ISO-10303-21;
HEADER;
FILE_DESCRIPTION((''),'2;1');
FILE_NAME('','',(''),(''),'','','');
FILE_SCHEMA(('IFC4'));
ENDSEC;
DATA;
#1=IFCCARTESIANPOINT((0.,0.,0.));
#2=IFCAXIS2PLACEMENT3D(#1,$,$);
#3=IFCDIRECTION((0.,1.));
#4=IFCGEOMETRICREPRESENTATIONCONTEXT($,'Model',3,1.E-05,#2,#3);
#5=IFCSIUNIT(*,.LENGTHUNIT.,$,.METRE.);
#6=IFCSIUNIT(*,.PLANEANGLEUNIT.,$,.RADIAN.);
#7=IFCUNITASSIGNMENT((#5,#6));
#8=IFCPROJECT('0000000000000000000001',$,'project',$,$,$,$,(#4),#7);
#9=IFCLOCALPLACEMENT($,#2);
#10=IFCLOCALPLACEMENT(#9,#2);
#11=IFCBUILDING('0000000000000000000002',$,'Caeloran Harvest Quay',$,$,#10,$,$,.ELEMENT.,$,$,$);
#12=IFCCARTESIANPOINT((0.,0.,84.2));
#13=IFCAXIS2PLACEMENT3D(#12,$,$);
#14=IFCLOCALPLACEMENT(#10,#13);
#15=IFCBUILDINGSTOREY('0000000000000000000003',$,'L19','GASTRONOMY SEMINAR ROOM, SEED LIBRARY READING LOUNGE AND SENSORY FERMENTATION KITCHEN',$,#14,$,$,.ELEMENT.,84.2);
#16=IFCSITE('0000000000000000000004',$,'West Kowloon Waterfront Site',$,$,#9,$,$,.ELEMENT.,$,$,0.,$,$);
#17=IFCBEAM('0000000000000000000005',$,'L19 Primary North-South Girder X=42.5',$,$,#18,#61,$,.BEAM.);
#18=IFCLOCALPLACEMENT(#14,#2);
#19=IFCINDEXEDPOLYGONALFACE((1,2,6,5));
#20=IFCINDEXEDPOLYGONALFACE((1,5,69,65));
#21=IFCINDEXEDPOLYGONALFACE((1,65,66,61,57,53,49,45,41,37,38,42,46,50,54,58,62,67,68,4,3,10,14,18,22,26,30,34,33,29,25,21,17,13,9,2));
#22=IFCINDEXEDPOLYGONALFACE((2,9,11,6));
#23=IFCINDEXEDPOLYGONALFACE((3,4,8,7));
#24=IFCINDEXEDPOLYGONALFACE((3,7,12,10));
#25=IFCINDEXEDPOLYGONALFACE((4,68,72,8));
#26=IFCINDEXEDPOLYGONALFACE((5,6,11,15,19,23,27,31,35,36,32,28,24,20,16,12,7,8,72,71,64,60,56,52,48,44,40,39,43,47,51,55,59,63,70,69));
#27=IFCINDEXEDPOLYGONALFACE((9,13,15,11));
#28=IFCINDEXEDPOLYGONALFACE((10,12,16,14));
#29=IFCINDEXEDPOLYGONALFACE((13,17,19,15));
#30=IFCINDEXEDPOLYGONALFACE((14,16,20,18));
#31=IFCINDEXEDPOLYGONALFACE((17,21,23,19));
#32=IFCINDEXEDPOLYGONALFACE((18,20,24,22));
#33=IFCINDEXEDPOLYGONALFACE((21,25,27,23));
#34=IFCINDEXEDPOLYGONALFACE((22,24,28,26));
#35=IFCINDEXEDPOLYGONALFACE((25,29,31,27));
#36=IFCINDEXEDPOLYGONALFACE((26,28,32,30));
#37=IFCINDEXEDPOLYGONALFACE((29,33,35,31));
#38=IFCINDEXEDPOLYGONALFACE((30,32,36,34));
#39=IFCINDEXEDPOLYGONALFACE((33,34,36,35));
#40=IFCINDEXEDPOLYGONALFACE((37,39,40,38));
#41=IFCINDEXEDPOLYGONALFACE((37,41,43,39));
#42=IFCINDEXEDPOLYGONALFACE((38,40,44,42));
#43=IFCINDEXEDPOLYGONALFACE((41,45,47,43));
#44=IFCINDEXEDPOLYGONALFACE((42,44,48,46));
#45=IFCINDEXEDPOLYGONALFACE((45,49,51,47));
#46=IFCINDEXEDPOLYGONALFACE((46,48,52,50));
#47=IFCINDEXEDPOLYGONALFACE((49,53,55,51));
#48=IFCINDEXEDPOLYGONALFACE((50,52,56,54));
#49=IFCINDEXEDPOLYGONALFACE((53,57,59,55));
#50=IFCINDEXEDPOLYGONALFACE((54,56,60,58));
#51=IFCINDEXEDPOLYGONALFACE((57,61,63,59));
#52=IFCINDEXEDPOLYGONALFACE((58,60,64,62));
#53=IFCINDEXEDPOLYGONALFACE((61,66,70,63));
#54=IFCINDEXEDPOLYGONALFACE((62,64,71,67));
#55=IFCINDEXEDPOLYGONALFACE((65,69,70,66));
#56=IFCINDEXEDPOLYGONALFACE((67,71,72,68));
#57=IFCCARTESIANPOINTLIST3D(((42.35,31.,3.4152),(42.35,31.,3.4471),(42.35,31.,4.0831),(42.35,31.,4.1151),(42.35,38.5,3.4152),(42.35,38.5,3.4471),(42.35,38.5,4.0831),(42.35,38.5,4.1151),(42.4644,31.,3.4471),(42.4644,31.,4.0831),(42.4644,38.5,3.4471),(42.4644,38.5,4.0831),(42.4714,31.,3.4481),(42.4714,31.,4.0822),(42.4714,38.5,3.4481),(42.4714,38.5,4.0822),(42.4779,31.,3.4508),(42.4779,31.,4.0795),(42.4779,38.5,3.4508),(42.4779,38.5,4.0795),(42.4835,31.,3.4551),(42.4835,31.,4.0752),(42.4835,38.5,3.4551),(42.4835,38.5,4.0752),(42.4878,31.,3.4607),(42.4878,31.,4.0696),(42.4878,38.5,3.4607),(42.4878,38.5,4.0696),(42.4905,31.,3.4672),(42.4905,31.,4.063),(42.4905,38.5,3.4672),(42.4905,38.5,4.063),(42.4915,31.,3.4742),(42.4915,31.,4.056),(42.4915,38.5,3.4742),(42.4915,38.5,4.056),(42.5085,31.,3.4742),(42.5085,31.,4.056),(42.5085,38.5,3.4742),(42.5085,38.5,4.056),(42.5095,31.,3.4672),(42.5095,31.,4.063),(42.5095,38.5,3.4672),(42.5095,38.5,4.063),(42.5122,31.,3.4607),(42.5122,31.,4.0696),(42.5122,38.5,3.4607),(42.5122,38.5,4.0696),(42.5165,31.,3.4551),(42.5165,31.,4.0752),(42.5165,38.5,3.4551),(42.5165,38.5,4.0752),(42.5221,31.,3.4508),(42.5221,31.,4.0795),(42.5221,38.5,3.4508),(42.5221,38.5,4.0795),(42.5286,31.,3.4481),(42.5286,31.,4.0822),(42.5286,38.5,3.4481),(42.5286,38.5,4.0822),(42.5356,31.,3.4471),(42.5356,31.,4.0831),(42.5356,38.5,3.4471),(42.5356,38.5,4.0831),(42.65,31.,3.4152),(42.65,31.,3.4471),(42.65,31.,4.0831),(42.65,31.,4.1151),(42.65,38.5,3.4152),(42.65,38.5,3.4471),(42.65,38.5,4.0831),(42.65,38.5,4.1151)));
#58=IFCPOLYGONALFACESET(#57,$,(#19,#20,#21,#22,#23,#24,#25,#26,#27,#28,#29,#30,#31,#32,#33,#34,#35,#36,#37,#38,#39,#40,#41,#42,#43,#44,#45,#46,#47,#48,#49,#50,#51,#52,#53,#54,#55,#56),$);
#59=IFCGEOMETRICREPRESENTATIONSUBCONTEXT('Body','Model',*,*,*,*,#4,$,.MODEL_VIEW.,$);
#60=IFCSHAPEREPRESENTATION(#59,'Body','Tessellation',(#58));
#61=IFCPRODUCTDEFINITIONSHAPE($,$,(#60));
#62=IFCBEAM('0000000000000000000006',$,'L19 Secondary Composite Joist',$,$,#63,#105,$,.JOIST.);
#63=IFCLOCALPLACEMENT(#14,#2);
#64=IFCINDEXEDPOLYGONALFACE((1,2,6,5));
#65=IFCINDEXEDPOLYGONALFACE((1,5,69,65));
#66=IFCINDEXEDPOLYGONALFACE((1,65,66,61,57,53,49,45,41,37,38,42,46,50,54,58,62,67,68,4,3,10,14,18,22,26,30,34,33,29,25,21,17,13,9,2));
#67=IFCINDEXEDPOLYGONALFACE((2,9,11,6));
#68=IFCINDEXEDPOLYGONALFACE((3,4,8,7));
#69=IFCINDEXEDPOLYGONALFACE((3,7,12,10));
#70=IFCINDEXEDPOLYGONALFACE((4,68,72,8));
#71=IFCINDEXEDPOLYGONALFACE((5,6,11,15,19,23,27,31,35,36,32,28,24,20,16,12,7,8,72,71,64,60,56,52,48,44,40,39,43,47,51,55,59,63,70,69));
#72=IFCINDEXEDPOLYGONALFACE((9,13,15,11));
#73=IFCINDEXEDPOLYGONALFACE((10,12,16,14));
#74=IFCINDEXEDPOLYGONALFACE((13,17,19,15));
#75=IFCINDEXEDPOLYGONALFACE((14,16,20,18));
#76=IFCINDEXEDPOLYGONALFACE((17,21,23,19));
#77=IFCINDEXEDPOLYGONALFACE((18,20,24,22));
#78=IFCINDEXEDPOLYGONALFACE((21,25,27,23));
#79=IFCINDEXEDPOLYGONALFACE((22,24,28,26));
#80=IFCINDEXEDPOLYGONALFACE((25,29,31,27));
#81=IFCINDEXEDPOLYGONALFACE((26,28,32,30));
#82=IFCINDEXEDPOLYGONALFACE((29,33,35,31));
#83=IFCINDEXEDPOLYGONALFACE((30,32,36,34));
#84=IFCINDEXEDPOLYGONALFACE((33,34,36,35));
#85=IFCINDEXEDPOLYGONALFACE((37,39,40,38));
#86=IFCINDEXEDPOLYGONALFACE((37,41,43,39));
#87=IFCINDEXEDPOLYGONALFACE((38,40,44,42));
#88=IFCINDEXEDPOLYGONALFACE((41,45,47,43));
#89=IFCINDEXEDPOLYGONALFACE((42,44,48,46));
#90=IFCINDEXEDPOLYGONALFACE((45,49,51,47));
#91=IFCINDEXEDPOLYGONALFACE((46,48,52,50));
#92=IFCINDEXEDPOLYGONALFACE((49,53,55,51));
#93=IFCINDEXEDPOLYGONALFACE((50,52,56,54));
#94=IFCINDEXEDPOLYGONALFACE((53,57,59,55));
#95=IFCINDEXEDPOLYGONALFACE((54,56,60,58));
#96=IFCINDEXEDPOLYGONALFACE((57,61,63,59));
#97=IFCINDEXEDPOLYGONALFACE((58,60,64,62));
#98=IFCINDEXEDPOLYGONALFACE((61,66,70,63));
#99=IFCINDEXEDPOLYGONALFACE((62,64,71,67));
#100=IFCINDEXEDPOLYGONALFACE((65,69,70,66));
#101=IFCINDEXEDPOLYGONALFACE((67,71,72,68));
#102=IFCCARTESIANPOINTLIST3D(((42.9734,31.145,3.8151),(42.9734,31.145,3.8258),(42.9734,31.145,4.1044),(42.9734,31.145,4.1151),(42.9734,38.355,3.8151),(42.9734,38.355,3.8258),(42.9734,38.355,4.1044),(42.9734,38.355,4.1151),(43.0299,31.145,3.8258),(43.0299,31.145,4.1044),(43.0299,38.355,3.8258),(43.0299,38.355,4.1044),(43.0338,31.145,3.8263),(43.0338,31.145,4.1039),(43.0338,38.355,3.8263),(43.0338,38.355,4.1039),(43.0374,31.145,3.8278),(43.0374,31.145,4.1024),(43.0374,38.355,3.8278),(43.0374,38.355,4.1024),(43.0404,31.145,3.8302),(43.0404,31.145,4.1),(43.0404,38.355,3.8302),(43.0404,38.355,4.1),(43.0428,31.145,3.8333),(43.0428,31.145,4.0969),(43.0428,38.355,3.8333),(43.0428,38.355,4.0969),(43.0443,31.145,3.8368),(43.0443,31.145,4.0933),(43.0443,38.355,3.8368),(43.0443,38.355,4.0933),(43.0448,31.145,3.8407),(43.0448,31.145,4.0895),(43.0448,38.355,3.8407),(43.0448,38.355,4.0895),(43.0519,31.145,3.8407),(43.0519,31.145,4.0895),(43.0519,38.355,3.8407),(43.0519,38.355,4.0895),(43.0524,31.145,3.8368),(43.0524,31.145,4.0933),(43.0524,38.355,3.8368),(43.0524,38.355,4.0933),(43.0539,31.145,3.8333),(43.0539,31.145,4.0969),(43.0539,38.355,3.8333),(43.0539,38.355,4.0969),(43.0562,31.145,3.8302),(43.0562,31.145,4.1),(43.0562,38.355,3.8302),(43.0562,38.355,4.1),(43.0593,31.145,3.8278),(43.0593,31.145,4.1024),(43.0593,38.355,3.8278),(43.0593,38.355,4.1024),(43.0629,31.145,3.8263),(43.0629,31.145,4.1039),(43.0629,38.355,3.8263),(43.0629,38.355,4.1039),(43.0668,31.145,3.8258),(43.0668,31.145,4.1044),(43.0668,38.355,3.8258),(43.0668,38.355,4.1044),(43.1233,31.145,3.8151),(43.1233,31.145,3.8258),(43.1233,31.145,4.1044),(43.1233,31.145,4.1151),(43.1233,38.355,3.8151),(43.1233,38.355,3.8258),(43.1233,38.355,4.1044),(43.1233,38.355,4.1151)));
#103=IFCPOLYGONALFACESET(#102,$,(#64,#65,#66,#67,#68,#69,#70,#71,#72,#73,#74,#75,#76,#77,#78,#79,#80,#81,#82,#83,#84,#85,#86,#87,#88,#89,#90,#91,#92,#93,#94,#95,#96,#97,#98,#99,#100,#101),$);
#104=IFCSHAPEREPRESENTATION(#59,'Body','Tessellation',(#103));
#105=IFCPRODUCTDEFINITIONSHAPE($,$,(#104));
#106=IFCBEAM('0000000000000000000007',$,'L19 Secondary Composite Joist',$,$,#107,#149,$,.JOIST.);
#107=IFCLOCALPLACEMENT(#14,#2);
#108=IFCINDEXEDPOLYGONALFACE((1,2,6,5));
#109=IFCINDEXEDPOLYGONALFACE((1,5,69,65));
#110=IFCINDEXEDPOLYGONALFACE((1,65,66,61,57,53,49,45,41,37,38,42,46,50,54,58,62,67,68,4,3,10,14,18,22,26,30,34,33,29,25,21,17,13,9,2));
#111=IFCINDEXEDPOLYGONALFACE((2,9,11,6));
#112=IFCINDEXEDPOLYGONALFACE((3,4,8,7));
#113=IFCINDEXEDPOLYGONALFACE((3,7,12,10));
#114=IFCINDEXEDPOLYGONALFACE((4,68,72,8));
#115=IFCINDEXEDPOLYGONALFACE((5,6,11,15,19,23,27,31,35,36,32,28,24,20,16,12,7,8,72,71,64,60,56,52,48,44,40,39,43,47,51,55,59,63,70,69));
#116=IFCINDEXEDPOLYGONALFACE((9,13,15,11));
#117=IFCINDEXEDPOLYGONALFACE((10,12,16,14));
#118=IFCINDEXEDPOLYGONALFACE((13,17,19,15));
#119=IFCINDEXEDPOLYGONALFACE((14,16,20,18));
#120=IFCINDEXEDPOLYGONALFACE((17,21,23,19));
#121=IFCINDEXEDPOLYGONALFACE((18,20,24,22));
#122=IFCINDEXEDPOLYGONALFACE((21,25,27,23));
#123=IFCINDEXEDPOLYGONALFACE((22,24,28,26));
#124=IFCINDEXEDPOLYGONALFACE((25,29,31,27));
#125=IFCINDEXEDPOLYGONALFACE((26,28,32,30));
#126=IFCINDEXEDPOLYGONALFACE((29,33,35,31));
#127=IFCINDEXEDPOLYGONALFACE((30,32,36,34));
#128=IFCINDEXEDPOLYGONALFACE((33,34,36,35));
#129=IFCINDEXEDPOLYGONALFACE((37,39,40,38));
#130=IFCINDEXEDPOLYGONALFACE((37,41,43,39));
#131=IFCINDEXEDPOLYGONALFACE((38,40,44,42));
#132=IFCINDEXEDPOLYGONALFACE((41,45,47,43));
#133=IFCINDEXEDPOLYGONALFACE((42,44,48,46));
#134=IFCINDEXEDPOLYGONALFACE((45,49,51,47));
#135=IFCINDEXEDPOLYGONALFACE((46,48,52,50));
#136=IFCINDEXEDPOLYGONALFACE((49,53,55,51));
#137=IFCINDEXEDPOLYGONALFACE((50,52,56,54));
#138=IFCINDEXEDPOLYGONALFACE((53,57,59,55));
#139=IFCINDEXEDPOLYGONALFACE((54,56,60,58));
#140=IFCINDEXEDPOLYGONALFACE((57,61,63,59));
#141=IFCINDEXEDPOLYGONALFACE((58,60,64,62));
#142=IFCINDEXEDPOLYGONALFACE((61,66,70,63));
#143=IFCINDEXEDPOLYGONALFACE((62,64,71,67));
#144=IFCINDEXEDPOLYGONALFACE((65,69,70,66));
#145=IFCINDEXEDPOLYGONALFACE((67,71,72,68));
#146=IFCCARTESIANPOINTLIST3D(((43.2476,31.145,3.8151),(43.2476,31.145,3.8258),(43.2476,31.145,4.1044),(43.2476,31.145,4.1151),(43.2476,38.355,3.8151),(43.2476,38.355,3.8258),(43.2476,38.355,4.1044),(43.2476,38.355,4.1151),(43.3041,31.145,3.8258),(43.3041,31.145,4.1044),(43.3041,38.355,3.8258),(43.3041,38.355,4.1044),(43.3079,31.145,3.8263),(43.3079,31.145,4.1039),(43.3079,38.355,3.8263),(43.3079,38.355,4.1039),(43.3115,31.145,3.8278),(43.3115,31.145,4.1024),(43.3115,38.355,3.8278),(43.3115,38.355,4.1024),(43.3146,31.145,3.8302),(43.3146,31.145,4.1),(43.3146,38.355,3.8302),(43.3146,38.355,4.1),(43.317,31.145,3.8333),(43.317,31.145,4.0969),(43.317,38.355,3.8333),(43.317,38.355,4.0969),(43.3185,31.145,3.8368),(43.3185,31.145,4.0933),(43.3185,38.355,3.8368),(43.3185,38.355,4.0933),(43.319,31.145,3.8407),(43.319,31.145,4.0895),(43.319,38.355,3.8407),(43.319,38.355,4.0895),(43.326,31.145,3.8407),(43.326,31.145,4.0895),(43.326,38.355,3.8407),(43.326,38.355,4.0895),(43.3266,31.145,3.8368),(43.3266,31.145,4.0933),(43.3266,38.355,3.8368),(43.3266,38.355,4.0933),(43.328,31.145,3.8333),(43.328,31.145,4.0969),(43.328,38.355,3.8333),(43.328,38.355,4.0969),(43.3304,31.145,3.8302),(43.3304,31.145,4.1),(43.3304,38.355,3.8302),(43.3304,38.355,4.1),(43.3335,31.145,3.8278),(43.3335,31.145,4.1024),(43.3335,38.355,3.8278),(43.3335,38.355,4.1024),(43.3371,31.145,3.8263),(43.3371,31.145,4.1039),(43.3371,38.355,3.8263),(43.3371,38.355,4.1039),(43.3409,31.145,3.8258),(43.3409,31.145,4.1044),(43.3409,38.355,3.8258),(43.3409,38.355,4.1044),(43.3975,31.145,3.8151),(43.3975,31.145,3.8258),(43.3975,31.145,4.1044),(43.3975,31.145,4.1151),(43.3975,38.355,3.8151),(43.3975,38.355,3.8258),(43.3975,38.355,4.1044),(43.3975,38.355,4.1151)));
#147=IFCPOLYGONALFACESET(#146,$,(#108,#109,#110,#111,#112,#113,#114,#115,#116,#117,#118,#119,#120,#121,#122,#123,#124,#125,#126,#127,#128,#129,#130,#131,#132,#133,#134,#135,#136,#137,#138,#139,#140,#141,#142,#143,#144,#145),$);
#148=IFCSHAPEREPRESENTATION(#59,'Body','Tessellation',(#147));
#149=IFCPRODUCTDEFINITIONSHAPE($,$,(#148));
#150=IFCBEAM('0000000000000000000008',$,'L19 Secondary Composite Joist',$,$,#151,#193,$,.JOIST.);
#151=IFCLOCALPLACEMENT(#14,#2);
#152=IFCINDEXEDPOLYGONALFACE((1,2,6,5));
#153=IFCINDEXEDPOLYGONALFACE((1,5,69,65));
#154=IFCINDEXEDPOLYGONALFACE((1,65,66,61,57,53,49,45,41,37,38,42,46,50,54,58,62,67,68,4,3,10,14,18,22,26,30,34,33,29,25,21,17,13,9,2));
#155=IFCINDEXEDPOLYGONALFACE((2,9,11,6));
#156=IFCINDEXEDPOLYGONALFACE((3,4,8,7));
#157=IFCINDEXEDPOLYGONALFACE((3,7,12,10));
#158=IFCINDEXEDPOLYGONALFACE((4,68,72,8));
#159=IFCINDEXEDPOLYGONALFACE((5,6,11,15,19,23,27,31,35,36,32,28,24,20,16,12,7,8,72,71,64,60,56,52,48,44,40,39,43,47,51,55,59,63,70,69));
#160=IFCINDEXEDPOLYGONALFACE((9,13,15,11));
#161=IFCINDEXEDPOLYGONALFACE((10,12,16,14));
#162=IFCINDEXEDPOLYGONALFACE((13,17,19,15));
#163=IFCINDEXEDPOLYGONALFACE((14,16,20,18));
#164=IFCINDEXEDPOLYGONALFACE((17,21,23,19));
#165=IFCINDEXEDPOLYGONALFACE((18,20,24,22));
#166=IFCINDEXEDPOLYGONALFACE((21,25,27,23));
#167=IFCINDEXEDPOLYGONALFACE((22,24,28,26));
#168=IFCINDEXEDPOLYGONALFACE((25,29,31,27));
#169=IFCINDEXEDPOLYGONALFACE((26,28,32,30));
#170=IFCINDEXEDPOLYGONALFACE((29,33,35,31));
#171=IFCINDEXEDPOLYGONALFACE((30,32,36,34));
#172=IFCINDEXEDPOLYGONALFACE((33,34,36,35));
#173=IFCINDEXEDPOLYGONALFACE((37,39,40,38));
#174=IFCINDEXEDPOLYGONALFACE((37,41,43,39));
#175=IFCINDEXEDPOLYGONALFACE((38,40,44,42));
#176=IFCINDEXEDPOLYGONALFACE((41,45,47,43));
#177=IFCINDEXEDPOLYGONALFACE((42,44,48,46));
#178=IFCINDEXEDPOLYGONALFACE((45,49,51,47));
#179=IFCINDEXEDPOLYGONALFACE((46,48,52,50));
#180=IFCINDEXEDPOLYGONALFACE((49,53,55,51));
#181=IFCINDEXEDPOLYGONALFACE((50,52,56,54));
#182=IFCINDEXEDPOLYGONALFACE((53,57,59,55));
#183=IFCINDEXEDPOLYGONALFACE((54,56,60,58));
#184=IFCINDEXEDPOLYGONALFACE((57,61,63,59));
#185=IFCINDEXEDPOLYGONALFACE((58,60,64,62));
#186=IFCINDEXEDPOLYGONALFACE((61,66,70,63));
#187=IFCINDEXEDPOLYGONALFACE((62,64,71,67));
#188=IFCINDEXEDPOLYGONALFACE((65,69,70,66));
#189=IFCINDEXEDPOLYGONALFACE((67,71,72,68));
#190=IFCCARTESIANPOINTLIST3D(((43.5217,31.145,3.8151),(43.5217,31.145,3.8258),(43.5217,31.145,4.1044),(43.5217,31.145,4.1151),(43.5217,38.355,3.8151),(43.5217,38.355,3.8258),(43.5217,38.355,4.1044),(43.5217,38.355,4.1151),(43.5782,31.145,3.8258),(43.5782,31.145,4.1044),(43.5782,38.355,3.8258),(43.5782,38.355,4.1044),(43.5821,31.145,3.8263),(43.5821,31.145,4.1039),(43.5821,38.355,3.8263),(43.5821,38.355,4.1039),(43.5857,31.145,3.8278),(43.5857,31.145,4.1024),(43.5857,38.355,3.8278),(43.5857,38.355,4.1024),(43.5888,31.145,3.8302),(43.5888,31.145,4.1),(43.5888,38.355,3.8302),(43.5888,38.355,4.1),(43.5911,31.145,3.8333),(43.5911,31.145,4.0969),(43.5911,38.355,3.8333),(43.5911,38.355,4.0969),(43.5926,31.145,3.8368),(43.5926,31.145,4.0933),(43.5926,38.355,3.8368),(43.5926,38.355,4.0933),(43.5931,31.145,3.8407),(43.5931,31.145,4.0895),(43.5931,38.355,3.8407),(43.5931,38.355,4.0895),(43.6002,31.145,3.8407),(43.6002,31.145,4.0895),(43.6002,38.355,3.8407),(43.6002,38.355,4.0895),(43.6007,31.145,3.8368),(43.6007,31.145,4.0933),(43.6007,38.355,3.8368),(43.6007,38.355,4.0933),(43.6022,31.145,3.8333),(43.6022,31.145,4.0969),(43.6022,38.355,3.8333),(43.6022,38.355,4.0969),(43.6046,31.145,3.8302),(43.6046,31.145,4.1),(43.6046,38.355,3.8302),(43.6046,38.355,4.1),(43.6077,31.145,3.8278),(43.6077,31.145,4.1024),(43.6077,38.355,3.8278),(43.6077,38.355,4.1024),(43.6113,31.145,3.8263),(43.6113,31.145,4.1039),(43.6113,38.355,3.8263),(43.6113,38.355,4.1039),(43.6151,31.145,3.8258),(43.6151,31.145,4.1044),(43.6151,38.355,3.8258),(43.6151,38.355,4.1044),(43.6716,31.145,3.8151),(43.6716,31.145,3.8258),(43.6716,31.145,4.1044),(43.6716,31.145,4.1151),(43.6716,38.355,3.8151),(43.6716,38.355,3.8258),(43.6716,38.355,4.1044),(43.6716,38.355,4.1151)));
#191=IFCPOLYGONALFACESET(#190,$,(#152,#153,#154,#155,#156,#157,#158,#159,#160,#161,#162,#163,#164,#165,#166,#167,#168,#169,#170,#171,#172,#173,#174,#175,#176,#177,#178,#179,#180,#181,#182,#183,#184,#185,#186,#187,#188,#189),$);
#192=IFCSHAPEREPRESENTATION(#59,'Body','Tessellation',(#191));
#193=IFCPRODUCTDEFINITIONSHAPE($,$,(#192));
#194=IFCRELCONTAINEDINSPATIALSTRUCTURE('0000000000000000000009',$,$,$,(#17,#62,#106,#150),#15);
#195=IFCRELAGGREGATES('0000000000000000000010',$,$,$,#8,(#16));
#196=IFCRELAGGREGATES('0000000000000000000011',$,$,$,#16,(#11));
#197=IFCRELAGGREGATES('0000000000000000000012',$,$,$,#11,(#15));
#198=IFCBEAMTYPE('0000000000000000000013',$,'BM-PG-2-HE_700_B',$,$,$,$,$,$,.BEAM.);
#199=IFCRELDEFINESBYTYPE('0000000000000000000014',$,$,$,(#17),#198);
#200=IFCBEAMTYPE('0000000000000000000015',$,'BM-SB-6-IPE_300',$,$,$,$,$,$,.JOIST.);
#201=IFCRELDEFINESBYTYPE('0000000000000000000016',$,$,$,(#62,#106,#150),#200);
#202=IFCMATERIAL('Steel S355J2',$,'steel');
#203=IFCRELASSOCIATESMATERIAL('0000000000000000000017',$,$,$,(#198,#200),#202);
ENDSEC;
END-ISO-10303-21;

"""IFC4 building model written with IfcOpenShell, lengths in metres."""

from ifc_helpers import new_model, si_unit, direction, frame, origin, origin_2d, place, context, subcontext, project, spatial, i_section, extrude, material, material_profile, profile_set, type_object, element, save


model = new_model("IFC4")

# Units and contexts
model_context = context("Model", 3, precision=1e-05, world=origin(), true_north=direction((0.0, 1.0)))
body_context = subcontext(model_context, "Body", "Model", "MODEL_VIEW")
ifc_project = project(units=[si_unit("LENGTHUNIT", "METRE"), si_unit("PLANEANGLEUNIT", "RADIAN")], contexts=[model_context])

# Site, building, storey
site_placement = place(None, origin())
site = spatial("IfcSite", under=ifc_project, at=site_placement, Name="West Kowloon Waterfront Site", CompositionType="ELEMENT", RefElevation=0.0)
building_placement = place(site_placement, origin())
building = spatial("IfcBuilding", under=site, at=building_placement, Name="Caeloran Harvest Quay", CompositionType="ELEMENT")
storey_placement = place(building_placement, frame((0.0, 0.0, 84.2)))
storey = spatial("IfcBuildingStorey", under=building, at=storey_placement, Name="L19", Description="GASTRONOMY SEMINAR ROOM, SEED LIBRARY READING LOUNGE AND SENSORY FERMENTATION KITCHEN", CompositionType="ELEMENT", Elevation=84.2)

# Beams
ifc_material_1 = material(Name="Steel S355J2", Category="steel")
ifc_material_profile_1 = material_profile(ifc_material_1, i_section(OverallWidth=0.3, OverallDepth=0.7, WebThickness=0.0171, FlangeThickness=0.032, FilletRadius=0.0271, at=origin_2d()), Name="HE 700 B")
ifc_profile_set_1 = profile_set([ifc_material_profile_1], Name="Steel S355J2")
beam_type_1 = type_object("IfcBeamType", Name="BM-PG-2-HE_700_B", PredefinedType="BEAM", material=ifc_profile_set_1)
beam_placement = place(storey_placement, frame((42.5, 31.0, 3.7651), z_axis=(0.0, 1.0, 0.0), x_axis=(-1.0, 0.0, 0.0)))
element("IfcBeam", 1, at=beam_placement, inside=storey, type_object=beam_type_1, Name="L19 Primary North-South Girder X=42.5", PredefinedType="BEAM", context=body_context, shape_type="SweptSolid", body=[
    extrude(i_section(OverallWidth=0.3, OverallDepth=0.7, WebThickness=0.0171, FlangeThickness=0.032, FilletRadius=0.0271, at=origin_2d()), origin(), (0.0, 0.0, 1.0), 7.5),
])
ifc_material_profile_2 = material_profile(ifc_material_1, i_section(OverallWidth=0.1499, OverallDepth=0.3, WebThickness=0.0071, FlangeThickness=0.0107, FilletRadius=0.0149, at=origin_2d()), Name="IPE 300")
ifc_profile_set_2 = profile_set([ifc_material_profile_2], Name="Steel S355J2")
beam_type_2 = type_object("IfcBeamType", Name="BM-SB-6-IPE_300", PredefinedType="JOIST", material=ifc_profile_set_2)
for number, where, z_axis, x_axis, name in (
    (2, (43.0483, 31.145, 3.9651), (0.0, 1.0, 0.0), (-1.0, 0.0, 0.0), "L19 Secondary Composite Joist"),
    (3, (43.3225, 31.145, 3.9651), (0.0, 1.0, 0.0), (-1.0, 0.0, 0.0), "L19 Secondary Composite Joist"),
    (4, (43.5967, 31.145, 3.9651), (0.0, 1.0, 0.0), (-1.0, 0.0, 0.0), "L19 Secondary Composite Joist"),
):
    element("IfcBeam", number, at=place(storey_placement, frame(where, z_axis=z_axis, x_axis=x_axis)), inside=storey, type_object=beam_type_2, Name=name, PredefinedType="JOIST", context=body_context, shape_type="SweptSolid", body=[
        extrude(i_section(OverallWidth=0.1499, OverallDepth=0.3, WebThickness=0.0071, FlangeThickness=0.0107, FilletRadius=0.0149, at=origin_2d()), origin(), (0.0, 0.0, 1.0), 7.21),
    ])

save(model, "model.ifc")
